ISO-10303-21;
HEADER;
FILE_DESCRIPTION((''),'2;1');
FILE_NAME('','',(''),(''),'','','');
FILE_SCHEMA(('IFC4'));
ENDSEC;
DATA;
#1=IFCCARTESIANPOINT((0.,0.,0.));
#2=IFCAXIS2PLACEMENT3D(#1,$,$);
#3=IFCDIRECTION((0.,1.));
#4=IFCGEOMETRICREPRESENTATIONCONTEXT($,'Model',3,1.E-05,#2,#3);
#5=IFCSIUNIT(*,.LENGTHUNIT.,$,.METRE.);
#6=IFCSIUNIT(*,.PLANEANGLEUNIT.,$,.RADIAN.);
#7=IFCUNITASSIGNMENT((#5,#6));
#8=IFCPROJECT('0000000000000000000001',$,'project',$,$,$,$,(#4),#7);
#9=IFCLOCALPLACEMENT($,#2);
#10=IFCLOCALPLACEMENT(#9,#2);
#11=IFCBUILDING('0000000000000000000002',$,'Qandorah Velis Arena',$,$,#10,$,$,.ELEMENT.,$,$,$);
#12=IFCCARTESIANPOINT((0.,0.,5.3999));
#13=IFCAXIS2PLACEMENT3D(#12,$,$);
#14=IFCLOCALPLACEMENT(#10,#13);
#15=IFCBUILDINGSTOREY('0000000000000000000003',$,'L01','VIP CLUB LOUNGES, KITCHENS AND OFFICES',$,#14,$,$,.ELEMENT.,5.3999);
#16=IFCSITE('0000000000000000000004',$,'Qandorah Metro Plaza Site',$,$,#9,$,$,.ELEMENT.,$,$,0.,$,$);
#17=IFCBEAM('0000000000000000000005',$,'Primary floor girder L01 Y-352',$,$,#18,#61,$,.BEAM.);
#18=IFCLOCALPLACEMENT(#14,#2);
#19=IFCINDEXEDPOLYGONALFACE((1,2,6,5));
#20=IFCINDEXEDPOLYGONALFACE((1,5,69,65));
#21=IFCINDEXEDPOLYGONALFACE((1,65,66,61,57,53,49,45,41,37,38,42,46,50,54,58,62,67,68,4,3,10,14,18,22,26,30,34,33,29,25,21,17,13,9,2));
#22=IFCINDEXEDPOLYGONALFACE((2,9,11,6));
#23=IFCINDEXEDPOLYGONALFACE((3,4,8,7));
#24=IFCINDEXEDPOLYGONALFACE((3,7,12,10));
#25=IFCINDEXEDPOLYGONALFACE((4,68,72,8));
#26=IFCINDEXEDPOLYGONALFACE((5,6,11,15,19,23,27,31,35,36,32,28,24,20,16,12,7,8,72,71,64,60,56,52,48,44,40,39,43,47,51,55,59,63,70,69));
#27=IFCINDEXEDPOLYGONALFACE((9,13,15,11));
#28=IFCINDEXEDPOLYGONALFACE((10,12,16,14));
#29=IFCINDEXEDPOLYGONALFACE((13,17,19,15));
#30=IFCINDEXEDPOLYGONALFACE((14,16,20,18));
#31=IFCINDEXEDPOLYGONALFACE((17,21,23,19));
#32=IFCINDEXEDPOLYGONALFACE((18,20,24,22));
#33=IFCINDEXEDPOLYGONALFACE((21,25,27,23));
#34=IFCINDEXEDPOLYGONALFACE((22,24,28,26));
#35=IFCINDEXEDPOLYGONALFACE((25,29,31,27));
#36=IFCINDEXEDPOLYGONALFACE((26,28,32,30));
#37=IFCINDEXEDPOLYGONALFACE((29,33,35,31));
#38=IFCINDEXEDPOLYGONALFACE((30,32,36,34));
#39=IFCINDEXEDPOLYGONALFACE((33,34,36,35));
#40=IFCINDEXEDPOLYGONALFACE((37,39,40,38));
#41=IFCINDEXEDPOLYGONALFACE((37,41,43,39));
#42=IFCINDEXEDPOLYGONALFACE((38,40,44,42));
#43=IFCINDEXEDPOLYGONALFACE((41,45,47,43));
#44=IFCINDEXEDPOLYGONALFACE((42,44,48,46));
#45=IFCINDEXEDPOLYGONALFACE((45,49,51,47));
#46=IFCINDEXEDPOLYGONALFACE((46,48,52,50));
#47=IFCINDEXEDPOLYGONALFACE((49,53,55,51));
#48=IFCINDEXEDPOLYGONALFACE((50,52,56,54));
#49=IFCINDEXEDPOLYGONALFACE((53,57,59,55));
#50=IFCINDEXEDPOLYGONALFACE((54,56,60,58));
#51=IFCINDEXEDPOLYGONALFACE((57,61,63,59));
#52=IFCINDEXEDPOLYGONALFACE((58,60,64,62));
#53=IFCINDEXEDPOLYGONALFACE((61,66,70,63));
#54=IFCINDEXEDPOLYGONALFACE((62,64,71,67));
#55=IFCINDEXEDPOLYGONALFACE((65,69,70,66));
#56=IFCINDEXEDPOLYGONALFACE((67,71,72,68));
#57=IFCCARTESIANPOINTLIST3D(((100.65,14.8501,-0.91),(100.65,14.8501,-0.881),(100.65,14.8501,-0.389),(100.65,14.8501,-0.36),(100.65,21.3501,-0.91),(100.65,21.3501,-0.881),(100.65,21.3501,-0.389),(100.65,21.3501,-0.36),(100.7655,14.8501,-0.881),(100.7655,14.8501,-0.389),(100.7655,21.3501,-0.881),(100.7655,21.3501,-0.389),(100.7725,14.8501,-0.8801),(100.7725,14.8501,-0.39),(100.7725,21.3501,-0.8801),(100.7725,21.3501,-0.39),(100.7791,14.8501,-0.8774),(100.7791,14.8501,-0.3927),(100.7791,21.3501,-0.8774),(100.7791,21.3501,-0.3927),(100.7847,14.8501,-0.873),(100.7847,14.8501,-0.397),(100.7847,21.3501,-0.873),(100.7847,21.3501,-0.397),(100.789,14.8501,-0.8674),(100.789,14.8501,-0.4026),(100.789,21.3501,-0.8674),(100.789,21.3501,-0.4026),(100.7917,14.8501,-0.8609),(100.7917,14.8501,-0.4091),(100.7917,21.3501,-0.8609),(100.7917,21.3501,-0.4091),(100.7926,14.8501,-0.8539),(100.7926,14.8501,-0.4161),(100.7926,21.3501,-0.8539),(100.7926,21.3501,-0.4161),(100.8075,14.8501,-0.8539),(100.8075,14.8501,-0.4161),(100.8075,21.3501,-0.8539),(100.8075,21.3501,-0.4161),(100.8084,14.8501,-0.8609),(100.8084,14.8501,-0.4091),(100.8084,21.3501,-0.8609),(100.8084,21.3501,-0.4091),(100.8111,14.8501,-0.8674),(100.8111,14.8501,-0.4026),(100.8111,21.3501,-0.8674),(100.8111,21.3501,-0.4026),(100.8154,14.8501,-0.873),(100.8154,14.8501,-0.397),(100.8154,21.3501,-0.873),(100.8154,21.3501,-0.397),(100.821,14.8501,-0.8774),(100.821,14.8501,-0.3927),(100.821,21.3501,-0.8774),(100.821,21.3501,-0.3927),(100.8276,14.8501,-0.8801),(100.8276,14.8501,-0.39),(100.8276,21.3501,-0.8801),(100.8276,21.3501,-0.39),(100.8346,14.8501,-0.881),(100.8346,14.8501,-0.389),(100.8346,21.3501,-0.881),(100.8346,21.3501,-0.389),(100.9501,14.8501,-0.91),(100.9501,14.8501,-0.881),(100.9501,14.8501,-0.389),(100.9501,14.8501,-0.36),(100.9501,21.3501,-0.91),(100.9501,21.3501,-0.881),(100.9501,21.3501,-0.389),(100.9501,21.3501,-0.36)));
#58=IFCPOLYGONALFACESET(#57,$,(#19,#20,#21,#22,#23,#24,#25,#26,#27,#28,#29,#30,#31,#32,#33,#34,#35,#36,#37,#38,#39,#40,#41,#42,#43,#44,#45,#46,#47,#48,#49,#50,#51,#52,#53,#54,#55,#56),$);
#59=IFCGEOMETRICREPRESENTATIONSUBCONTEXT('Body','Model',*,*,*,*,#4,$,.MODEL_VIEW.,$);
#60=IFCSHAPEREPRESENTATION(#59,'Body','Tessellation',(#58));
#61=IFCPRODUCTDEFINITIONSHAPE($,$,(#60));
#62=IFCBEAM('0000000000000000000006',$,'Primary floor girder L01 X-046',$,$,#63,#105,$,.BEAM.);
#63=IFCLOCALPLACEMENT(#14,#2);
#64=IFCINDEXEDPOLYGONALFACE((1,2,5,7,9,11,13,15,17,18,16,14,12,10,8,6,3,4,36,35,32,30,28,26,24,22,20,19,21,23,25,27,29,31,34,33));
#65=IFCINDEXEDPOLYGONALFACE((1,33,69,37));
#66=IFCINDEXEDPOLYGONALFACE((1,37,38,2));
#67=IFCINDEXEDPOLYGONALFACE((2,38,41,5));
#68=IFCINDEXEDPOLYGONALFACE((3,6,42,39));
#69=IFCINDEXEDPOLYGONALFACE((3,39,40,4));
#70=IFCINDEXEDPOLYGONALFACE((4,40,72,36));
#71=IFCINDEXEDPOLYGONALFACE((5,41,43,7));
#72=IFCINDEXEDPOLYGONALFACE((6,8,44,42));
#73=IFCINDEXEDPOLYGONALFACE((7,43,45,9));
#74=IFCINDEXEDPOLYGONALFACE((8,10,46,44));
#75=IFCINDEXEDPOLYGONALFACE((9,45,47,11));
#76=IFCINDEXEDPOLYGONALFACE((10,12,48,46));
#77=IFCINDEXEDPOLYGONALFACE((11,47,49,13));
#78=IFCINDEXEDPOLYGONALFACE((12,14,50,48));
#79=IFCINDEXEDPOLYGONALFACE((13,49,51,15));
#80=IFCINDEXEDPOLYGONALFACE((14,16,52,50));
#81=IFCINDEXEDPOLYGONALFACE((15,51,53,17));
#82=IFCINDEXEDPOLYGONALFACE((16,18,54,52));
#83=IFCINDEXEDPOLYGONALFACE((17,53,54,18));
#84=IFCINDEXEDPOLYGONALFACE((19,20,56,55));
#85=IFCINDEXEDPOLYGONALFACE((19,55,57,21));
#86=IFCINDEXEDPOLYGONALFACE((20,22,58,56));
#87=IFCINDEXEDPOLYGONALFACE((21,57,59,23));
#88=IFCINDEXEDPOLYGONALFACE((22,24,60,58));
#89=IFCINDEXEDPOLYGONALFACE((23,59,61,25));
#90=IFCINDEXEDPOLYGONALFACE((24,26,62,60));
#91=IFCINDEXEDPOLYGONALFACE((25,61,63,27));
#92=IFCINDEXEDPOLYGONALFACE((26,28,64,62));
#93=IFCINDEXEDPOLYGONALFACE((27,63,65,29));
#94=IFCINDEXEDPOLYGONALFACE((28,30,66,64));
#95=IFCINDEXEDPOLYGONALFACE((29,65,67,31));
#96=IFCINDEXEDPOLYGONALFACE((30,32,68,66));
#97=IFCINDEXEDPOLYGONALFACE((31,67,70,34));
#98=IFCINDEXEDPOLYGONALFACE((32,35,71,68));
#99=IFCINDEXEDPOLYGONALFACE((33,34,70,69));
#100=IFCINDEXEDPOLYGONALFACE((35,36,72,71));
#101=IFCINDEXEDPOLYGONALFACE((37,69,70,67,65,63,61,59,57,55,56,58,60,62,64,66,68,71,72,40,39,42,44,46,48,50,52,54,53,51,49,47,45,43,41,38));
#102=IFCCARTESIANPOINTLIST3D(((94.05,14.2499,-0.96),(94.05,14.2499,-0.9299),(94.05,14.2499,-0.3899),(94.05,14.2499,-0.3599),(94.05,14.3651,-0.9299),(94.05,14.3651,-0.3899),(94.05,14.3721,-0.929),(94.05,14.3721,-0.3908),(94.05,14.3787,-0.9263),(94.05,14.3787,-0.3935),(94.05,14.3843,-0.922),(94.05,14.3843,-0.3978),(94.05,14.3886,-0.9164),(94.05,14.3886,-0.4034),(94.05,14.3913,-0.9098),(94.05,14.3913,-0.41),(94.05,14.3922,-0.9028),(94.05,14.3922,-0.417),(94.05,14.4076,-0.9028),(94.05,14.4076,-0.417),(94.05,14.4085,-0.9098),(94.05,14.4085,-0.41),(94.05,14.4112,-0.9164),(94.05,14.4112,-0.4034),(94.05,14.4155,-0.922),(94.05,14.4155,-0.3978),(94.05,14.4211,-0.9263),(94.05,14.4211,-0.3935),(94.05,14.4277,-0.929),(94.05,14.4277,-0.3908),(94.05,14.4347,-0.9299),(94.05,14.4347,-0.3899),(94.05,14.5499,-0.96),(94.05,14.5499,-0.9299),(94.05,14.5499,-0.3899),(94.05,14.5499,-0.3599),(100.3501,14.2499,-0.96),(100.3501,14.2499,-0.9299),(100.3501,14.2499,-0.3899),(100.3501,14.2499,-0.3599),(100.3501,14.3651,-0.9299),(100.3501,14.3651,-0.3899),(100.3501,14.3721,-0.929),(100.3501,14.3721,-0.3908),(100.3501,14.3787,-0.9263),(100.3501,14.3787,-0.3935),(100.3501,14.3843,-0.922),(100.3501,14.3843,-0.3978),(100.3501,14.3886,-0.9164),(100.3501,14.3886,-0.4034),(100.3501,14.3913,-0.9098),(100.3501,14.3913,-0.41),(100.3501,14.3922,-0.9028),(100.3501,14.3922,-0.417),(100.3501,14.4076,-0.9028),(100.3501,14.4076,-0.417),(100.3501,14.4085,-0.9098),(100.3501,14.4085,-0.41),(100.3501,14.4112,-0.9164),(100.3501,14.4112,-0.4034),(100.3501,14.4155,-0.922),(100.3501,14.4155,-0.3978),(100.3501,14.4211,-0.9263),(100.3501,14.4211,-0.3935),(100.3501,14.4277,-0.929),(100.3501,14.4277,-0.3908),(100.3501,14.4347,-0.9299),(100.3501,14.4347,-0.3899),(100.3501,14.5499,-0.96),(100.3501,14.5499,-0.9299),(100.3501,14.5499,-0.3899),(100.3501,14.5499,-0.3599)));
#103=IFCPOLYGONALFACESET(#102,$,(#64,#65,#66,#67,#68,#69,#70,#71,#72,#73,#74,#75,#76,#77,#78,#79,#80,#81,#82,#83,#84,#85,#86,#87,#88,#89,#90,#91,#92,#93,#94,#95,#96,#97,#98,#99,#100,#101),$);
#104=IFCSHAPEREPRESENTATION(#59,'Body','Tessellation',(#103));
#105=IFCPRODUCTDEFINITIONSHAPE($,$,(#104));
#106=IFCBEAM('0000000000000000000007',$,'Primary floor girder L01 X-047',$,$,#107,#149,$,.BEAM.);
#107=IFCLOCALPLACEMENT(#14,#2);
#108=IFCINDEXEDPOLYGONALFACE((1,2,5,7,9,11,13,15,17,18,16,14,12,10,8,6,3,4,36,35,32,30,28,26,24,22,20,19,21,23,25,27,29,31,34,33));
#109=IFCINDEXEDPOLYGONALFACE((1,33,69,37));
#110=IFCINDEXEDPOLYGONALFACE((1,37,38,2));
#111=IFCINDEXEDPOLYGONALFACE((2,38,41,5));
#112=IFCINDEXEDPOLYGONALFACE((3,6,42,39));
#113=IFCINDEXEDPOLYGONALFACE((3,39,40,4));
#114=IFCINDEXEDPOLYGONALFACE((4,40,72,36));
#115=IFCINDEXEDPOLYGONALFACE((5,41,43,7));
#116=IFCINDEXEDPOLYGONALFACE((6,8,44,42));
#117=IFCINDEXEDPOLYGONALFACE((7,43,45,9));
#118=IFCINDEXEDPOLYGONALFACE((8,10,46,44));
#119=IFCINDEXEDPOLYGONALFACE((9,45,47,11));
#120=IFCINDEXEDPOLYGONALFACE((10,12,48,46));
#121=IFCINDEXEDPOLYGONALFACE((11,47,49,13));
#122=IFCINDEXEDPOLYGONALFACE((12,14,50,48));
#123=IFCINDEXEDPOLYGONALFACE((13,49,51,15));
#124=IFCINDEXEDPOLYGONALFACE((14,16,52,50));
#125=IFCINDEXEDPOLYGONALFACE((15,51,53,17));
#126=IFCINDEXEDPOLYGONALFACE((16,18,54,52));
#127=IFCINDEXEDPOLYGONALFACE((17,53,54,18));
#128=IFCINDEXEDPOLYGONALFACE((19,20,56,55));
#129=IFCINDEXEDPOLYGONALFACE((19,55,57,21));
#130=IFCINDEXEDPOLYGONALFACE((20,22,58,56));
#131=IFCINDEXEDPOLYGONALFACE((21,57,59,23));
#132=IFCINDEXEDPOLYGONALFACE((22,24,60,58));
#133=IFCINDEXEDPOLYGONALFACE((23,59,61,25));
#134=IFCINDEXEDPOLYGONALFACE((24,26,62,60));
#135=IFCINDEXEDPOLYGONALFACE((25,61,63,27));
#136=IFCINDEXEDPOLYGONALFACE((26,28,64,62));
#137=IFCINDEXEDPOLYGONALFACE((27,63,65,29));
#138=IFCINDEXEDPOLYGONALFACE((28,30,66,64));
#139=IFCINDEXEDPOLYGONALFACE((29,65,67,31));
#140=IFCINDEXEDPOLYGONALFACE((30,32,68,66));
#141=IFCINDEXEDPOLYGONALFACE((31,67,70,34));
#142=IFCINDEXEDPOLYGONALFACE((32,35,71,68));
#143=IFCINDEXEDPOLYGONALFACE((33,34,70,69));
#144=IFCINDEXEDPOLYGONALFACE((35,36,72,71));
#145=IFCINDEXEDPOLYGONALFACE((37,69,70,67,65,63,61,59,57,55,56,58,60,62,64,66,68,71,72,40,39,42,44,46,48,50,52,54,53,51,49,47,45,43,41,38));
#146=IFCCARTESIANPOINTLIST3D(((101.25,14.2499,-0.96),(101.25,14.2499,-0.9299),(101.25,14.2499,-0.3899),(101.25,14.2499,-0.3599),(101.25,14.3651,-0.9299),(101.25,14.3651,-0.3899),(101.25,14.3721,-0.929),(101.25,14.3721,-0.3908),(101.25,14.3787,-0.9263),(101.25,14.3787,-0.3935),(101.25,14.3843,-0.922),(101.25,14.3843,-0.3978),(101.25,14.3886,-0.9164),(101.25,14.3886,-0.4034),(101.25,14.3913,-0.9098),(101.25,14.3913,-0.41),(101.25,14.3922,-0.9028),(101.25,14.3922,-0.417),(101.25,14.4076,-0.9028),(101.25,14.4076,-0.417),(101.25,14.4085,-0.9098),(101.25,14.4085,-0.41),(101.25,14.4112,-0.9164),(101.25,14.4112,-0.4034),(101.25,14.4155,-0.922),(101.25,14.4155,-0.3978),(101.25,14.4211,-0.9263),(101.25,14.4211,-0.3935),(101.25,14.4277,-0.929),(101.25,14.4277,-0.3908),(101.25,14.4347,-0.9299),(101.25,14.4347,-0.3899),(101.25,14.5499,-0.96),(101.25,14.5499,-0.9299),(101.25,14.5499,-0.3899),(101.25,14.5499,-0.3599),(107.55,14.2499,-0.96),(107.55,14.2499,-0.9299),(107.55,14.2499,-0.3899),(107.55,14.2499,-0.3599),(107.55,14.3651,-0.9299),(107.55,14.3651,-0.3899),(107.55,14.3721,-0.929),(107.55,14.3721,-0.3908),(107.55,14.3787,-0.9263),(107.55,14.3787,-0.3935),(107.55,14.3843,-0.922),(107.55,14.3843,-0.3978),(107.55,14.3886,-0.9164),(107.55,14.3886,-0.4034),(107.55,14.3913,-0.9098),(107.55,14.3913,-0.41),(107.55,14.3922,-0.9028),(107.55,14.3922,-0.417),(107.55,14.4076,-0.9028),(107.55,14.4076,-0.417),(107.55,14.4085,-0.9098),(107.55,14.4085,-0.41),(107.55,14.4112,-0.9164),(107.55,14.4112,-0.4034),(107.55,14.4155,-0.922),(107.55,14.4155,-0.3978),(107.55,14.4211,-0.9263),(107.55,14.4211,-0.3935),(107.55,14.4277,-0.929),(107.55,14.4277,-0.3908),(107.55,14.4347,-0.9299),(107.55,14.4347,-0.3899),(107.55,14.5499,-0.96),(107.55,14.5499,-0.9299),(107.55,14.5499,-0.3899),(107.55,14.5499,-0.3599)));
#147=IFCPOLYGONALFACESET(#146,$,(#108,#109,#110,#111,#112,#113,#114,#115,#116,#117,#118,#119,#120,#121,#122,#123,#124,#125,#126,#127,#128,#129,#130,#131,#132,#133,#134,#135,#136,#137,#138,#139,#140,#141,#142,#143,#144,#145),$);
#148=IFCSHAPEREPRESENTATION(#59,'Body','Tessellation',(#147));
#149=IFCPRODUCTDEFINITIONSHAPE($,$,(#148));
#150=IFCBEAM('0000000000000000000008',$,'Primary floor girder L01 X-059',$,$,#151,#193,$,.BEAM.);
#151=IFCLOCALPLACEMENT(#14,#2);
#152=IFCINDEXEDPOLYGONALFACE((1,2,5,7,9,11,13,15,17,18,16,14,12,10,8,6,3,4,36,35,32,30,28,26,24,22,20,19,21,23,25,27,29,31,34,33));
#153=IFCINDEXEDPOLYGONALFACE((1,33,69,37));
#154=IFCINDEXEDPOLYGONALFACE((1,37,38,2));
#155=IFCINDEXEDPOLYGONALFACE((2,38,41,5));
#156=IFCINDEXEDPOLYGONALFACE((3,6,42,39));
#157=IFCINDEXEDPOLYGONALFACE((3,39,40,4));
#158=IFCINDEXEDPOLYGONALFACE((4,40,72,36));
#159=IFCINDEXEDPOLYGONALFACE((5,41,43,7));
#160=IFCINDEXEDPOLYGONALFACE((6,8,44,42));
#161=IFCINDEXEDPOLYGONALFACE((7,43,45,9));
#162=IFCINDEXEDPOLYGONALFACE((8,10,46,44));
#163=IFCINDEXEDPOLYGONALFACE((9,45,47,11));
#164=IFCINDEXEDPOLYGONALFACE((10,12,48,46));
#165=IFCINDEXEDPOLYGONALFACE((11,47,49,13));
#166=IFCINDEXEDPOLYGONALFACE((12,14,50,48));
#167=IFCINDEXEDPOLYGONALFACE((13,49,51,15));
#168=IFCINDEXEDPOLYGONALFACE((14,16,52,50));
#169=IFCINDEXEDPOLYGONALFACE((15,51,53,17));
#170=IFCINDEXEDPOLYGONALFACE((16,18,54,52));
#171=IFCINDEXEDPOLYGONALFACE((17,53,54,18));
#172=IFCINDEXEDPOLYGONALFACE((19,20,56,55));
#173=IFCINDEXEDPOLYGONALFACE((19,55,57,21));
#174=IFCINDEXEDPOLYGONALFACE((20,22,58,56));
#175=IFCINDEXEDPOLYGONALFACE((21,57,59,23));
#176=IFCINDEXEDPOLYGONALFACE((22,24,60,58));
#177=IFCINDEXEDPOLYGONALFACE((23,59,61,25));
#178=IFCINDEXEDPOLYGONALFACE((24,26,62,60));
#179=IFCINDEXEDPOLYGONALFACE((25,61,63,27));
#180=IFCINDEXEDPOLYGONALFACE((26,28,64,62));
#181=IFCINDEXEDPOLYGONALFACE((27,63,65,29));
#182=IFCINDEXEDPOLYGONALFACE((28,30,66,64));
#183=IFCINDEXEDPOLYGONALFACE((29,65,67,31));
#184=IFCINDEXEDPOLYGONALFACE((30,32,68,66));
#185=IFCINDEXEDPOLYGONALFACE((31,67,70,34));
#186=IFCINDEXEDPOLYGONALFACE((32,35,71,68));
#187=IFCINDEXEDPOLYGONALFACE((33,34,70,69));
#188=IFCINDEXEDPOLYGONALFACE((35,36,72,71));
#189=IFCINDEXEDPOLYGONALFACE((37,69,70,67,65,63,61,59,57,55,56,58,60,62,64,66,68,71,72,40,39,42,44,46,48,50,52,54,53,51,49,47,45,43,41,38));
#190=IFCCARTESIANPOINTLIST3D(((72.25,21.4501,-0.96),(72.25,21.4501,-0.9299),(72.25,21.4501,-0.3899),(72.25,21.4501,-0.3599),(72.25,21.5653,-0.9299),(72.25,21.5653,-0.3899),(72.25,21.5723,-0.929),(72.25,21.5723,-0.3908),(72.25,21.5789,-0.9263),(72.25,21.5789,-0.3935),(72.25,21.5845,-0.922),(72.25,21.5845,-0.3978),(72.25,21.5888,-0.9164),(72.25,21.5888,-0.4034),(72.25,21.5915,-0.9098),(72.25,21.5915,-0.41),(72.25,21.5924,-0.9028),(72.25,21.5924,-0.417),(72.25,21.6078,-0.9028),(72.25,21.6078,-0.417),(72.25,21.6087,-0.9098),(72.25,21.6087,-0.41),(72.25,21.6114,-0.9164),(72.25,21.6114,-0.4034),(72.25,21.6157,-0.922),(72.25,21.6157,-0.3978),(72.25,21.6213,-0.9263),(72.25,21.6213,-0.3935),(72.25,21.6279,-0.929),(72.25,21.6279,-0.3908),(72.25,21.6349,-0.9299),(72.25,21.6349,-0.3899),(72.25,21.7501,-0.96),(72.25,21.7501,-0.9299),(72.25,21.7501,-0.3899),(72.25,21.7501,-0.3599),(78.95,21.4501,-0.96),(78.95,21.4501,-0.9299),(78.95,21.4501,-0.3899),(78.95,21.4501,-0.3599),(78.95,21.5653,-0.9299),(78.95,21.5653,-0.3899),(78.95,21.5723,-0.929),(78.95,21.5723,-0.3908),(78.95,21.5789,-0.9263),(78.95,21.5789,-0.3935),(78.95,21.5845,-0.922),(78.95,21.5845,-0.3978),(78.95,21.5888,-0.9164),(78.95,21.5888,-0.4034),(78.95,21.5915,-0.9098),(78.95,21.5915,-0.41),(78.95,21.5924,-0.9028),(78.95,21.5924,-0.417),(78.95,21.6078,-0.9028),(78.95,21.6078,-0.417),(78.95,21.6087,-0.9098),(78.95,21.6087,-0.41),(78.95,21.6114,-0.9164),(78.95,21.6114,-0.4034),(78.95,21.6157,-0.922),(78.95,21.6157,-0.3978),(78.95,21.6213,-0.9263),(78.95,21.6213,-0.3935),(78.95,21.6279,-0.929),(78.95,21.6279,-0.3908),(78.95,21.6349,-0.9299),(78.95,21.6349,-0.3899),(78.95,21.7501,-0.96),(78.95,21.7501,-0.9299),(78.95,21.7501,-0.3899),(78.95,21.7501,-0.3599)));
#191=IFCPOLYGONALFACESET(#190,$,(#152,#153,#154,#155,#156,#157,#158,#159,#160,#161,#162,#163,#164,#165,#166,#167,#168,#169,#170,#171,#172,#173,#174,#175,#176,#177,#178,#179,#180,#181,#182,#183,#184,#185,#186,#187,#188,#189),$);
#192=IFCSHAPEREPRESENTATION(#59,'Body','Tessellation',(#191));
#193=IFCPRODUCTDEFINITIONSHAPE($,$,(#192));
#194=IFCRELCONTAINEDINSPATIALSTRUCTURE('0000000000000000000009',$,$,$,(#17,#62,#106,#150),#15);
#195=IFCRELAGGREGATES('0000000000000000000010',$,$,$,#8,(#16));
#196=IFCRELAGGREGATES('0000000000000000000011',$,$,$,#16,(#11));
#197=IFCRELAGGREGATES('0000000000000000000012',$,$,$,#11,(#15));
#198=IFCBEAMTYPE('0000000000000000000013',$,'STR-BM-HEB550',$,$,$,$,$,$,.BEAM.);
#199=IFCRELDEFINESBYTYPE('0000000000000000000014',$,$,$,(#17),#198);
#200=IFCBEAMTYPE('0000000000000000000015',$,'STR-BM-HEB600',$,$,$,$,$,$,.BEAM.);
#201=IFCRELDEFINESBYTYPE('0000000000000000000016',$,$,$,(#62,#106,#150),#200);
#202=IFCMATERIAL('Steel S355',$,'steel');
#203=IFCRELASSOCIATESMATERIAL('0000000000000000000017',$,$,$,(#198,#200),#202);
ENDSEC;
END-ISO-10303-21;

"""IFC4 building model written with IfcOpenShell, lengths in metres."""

from ifc_helpers import new_model, si_unit, direction, frame, origin, origin_2d, place, context, subcontext, project, spatial, i_section, extrude, material, material_profile, profile_set, type_object, element, save


model = new_model("IFC4")

# Units and contexts
model_context = context("Model", 3, precision=1e-05, world=origin(), true_north=direction((0.0, 1.0)))
body_context = subcontext(model_context, "Body", "Model", "MODEL_VIEW")
ifc_project = project(units=[si_unit("LENGTHUNIT", "METRE"), si_unit("PLANEANGLEUNIT", "RADIAN")], contexts=[model_context])

# Site, building, storey
site_placement = place(None, origin())
site = spatial("IfcSite", under=ifc_project, at=site_placement, Name="Qandorah Metro Plaza Site", CompositionType="ELEMENT", RefElevation=0.0)
building_placement = place(site_placement, origin())
building = spatial("IfcBuilding", under=site, at=building_placement, Name="Qandorah Velis Arena", CompositionType="ELEMENT")
storey_placement = place(building_placement, frame((0.0, 0.0, 5.3999)))
storey = spatial("IfcBuildingStorey", under=building, at=storey_placement, Name="L01", Description="VIP CLUB LOUNGES, KITCHENS AND OFFICES", CompositionType="ELEMENT", Elevation=5.3999)

# Beams
ifc_material_1 = material(Name="Steel S355", Category="steel")
ifc_material_profile_1 = material_profile(ifc_material_1, i_section(OverallWidth=0.3, OverallDepth=0.55, WebThickness=0.0149, FlangeThickness=0.0291, FilletRadius=0.0271, at=origin_2d()), Name="HEB 550")
ifc_profile_set_1 = profile_set([ifc_material_profile_1], Name="Steel S355")
beam_type_1 = type_object("IfcBeamType", Name="STR-BM-HEB550", PredefinedType="BEAM", material=ifc_profile_set_1)
for number, where, z_axis, x_axis, name in (
    (1, (100.8, 14.8501, -0.635), (0.0, 1.0, 0.0), (-1.0, 0.0, 0.0), "Primary floor girder L01 Y-352"),
):
    element("IfcBeam", number, at=place(storey_placement, frame(where, z_axis=z_axis, x_axis=x_axis)), inside=storey, type_object=beam_type_1, Name=name, PredefinedType="BEAM", context=body_context, shape_type="SweptSolid", body=[
        extrude(i_section(OverallWidth=0.3, OverallDepth=0.55, WebThickness=0.0149, FlangeThickness=0.0291, FilletRadius=0.0271, at=origin_2d()), origin(), (0.0, 0.0, 1.0), 6.5),
    ])
ifc_material_profile_2 = material_profile(ifc_material_1, i_section(OverallWidth=0.3, OverallDepth=0.6001, WebThickness=0.0154, FlangeThickness=0.03, FilletRadius=0.0271, at=origin_2d()), Name="HEB 600")
ifc_profile_set_2 = profile_set([ifc_material_profile_2], Name="Steel S355")
beam_type_2 = type_object("IfcBeamType", Name="STR-BM-HEB600", PredefinedType="BEAM", material=ifc_profile_set_2)
for number, where, z_axis, x_axis, name in (
    (2, (94.05, 14.3999, -0.6599), (1.0, 0.0, 0.0), (0.0, 1.0, 0.0), "Primary floor girder L01 X-046"),
    (3, (101.25, 14.3999, -0.6599), (1.0, 0.0, 0.0), (0.0, 1.0, 0.0), "Primary floor girder L01 X-047"),
):
    element("IfcBeam", number, at=place(storey_placement, frame(where, z_axis=z_axis, x_axis=x_axis)), inside=storey, type_object=beam_type_2, Name=name, PredefinedType="BEAM", context=body_context, shape_type="SweptSolid", body=[
        extrude(i_section(OverallWidth=0.3, OverallDepth=0.6001, WebThickness=0.0154, FlangeThickness=0.03, FilletRadius=0.0271, at=origin_2d()), origin(), (0.0, 0.0, 1.0), 6.3),
    ])
for number, where, z_axis, x_axis, name in (
    (4, (72.25, 21.6001, -0.6599), (1.0, 0.0, 0.0), (0.0, 1.0, 0.0), "Primary floor girder L01 X-059"),
):
    element("IfcBeam", number, at=place(storey_placement, frame(where, z_axis=z_axis, x_axis=x_axis)), inside=storey, type_object=beam_type_2, Name=name, PredefinedType="BEAM", context=body_context, shape_type="SweptSolid", body=[
        extrude(i_section(OverallWidth=0.3, OverallDepth=0.6001, WebThickness=0.0154, FlangeThickness=0.03, FilletRadius=0.0271, at=origin_2d()), origin(), (0.0, 0.0, 1.0), 6.7),
    ])

save(model, "model.ifc")
